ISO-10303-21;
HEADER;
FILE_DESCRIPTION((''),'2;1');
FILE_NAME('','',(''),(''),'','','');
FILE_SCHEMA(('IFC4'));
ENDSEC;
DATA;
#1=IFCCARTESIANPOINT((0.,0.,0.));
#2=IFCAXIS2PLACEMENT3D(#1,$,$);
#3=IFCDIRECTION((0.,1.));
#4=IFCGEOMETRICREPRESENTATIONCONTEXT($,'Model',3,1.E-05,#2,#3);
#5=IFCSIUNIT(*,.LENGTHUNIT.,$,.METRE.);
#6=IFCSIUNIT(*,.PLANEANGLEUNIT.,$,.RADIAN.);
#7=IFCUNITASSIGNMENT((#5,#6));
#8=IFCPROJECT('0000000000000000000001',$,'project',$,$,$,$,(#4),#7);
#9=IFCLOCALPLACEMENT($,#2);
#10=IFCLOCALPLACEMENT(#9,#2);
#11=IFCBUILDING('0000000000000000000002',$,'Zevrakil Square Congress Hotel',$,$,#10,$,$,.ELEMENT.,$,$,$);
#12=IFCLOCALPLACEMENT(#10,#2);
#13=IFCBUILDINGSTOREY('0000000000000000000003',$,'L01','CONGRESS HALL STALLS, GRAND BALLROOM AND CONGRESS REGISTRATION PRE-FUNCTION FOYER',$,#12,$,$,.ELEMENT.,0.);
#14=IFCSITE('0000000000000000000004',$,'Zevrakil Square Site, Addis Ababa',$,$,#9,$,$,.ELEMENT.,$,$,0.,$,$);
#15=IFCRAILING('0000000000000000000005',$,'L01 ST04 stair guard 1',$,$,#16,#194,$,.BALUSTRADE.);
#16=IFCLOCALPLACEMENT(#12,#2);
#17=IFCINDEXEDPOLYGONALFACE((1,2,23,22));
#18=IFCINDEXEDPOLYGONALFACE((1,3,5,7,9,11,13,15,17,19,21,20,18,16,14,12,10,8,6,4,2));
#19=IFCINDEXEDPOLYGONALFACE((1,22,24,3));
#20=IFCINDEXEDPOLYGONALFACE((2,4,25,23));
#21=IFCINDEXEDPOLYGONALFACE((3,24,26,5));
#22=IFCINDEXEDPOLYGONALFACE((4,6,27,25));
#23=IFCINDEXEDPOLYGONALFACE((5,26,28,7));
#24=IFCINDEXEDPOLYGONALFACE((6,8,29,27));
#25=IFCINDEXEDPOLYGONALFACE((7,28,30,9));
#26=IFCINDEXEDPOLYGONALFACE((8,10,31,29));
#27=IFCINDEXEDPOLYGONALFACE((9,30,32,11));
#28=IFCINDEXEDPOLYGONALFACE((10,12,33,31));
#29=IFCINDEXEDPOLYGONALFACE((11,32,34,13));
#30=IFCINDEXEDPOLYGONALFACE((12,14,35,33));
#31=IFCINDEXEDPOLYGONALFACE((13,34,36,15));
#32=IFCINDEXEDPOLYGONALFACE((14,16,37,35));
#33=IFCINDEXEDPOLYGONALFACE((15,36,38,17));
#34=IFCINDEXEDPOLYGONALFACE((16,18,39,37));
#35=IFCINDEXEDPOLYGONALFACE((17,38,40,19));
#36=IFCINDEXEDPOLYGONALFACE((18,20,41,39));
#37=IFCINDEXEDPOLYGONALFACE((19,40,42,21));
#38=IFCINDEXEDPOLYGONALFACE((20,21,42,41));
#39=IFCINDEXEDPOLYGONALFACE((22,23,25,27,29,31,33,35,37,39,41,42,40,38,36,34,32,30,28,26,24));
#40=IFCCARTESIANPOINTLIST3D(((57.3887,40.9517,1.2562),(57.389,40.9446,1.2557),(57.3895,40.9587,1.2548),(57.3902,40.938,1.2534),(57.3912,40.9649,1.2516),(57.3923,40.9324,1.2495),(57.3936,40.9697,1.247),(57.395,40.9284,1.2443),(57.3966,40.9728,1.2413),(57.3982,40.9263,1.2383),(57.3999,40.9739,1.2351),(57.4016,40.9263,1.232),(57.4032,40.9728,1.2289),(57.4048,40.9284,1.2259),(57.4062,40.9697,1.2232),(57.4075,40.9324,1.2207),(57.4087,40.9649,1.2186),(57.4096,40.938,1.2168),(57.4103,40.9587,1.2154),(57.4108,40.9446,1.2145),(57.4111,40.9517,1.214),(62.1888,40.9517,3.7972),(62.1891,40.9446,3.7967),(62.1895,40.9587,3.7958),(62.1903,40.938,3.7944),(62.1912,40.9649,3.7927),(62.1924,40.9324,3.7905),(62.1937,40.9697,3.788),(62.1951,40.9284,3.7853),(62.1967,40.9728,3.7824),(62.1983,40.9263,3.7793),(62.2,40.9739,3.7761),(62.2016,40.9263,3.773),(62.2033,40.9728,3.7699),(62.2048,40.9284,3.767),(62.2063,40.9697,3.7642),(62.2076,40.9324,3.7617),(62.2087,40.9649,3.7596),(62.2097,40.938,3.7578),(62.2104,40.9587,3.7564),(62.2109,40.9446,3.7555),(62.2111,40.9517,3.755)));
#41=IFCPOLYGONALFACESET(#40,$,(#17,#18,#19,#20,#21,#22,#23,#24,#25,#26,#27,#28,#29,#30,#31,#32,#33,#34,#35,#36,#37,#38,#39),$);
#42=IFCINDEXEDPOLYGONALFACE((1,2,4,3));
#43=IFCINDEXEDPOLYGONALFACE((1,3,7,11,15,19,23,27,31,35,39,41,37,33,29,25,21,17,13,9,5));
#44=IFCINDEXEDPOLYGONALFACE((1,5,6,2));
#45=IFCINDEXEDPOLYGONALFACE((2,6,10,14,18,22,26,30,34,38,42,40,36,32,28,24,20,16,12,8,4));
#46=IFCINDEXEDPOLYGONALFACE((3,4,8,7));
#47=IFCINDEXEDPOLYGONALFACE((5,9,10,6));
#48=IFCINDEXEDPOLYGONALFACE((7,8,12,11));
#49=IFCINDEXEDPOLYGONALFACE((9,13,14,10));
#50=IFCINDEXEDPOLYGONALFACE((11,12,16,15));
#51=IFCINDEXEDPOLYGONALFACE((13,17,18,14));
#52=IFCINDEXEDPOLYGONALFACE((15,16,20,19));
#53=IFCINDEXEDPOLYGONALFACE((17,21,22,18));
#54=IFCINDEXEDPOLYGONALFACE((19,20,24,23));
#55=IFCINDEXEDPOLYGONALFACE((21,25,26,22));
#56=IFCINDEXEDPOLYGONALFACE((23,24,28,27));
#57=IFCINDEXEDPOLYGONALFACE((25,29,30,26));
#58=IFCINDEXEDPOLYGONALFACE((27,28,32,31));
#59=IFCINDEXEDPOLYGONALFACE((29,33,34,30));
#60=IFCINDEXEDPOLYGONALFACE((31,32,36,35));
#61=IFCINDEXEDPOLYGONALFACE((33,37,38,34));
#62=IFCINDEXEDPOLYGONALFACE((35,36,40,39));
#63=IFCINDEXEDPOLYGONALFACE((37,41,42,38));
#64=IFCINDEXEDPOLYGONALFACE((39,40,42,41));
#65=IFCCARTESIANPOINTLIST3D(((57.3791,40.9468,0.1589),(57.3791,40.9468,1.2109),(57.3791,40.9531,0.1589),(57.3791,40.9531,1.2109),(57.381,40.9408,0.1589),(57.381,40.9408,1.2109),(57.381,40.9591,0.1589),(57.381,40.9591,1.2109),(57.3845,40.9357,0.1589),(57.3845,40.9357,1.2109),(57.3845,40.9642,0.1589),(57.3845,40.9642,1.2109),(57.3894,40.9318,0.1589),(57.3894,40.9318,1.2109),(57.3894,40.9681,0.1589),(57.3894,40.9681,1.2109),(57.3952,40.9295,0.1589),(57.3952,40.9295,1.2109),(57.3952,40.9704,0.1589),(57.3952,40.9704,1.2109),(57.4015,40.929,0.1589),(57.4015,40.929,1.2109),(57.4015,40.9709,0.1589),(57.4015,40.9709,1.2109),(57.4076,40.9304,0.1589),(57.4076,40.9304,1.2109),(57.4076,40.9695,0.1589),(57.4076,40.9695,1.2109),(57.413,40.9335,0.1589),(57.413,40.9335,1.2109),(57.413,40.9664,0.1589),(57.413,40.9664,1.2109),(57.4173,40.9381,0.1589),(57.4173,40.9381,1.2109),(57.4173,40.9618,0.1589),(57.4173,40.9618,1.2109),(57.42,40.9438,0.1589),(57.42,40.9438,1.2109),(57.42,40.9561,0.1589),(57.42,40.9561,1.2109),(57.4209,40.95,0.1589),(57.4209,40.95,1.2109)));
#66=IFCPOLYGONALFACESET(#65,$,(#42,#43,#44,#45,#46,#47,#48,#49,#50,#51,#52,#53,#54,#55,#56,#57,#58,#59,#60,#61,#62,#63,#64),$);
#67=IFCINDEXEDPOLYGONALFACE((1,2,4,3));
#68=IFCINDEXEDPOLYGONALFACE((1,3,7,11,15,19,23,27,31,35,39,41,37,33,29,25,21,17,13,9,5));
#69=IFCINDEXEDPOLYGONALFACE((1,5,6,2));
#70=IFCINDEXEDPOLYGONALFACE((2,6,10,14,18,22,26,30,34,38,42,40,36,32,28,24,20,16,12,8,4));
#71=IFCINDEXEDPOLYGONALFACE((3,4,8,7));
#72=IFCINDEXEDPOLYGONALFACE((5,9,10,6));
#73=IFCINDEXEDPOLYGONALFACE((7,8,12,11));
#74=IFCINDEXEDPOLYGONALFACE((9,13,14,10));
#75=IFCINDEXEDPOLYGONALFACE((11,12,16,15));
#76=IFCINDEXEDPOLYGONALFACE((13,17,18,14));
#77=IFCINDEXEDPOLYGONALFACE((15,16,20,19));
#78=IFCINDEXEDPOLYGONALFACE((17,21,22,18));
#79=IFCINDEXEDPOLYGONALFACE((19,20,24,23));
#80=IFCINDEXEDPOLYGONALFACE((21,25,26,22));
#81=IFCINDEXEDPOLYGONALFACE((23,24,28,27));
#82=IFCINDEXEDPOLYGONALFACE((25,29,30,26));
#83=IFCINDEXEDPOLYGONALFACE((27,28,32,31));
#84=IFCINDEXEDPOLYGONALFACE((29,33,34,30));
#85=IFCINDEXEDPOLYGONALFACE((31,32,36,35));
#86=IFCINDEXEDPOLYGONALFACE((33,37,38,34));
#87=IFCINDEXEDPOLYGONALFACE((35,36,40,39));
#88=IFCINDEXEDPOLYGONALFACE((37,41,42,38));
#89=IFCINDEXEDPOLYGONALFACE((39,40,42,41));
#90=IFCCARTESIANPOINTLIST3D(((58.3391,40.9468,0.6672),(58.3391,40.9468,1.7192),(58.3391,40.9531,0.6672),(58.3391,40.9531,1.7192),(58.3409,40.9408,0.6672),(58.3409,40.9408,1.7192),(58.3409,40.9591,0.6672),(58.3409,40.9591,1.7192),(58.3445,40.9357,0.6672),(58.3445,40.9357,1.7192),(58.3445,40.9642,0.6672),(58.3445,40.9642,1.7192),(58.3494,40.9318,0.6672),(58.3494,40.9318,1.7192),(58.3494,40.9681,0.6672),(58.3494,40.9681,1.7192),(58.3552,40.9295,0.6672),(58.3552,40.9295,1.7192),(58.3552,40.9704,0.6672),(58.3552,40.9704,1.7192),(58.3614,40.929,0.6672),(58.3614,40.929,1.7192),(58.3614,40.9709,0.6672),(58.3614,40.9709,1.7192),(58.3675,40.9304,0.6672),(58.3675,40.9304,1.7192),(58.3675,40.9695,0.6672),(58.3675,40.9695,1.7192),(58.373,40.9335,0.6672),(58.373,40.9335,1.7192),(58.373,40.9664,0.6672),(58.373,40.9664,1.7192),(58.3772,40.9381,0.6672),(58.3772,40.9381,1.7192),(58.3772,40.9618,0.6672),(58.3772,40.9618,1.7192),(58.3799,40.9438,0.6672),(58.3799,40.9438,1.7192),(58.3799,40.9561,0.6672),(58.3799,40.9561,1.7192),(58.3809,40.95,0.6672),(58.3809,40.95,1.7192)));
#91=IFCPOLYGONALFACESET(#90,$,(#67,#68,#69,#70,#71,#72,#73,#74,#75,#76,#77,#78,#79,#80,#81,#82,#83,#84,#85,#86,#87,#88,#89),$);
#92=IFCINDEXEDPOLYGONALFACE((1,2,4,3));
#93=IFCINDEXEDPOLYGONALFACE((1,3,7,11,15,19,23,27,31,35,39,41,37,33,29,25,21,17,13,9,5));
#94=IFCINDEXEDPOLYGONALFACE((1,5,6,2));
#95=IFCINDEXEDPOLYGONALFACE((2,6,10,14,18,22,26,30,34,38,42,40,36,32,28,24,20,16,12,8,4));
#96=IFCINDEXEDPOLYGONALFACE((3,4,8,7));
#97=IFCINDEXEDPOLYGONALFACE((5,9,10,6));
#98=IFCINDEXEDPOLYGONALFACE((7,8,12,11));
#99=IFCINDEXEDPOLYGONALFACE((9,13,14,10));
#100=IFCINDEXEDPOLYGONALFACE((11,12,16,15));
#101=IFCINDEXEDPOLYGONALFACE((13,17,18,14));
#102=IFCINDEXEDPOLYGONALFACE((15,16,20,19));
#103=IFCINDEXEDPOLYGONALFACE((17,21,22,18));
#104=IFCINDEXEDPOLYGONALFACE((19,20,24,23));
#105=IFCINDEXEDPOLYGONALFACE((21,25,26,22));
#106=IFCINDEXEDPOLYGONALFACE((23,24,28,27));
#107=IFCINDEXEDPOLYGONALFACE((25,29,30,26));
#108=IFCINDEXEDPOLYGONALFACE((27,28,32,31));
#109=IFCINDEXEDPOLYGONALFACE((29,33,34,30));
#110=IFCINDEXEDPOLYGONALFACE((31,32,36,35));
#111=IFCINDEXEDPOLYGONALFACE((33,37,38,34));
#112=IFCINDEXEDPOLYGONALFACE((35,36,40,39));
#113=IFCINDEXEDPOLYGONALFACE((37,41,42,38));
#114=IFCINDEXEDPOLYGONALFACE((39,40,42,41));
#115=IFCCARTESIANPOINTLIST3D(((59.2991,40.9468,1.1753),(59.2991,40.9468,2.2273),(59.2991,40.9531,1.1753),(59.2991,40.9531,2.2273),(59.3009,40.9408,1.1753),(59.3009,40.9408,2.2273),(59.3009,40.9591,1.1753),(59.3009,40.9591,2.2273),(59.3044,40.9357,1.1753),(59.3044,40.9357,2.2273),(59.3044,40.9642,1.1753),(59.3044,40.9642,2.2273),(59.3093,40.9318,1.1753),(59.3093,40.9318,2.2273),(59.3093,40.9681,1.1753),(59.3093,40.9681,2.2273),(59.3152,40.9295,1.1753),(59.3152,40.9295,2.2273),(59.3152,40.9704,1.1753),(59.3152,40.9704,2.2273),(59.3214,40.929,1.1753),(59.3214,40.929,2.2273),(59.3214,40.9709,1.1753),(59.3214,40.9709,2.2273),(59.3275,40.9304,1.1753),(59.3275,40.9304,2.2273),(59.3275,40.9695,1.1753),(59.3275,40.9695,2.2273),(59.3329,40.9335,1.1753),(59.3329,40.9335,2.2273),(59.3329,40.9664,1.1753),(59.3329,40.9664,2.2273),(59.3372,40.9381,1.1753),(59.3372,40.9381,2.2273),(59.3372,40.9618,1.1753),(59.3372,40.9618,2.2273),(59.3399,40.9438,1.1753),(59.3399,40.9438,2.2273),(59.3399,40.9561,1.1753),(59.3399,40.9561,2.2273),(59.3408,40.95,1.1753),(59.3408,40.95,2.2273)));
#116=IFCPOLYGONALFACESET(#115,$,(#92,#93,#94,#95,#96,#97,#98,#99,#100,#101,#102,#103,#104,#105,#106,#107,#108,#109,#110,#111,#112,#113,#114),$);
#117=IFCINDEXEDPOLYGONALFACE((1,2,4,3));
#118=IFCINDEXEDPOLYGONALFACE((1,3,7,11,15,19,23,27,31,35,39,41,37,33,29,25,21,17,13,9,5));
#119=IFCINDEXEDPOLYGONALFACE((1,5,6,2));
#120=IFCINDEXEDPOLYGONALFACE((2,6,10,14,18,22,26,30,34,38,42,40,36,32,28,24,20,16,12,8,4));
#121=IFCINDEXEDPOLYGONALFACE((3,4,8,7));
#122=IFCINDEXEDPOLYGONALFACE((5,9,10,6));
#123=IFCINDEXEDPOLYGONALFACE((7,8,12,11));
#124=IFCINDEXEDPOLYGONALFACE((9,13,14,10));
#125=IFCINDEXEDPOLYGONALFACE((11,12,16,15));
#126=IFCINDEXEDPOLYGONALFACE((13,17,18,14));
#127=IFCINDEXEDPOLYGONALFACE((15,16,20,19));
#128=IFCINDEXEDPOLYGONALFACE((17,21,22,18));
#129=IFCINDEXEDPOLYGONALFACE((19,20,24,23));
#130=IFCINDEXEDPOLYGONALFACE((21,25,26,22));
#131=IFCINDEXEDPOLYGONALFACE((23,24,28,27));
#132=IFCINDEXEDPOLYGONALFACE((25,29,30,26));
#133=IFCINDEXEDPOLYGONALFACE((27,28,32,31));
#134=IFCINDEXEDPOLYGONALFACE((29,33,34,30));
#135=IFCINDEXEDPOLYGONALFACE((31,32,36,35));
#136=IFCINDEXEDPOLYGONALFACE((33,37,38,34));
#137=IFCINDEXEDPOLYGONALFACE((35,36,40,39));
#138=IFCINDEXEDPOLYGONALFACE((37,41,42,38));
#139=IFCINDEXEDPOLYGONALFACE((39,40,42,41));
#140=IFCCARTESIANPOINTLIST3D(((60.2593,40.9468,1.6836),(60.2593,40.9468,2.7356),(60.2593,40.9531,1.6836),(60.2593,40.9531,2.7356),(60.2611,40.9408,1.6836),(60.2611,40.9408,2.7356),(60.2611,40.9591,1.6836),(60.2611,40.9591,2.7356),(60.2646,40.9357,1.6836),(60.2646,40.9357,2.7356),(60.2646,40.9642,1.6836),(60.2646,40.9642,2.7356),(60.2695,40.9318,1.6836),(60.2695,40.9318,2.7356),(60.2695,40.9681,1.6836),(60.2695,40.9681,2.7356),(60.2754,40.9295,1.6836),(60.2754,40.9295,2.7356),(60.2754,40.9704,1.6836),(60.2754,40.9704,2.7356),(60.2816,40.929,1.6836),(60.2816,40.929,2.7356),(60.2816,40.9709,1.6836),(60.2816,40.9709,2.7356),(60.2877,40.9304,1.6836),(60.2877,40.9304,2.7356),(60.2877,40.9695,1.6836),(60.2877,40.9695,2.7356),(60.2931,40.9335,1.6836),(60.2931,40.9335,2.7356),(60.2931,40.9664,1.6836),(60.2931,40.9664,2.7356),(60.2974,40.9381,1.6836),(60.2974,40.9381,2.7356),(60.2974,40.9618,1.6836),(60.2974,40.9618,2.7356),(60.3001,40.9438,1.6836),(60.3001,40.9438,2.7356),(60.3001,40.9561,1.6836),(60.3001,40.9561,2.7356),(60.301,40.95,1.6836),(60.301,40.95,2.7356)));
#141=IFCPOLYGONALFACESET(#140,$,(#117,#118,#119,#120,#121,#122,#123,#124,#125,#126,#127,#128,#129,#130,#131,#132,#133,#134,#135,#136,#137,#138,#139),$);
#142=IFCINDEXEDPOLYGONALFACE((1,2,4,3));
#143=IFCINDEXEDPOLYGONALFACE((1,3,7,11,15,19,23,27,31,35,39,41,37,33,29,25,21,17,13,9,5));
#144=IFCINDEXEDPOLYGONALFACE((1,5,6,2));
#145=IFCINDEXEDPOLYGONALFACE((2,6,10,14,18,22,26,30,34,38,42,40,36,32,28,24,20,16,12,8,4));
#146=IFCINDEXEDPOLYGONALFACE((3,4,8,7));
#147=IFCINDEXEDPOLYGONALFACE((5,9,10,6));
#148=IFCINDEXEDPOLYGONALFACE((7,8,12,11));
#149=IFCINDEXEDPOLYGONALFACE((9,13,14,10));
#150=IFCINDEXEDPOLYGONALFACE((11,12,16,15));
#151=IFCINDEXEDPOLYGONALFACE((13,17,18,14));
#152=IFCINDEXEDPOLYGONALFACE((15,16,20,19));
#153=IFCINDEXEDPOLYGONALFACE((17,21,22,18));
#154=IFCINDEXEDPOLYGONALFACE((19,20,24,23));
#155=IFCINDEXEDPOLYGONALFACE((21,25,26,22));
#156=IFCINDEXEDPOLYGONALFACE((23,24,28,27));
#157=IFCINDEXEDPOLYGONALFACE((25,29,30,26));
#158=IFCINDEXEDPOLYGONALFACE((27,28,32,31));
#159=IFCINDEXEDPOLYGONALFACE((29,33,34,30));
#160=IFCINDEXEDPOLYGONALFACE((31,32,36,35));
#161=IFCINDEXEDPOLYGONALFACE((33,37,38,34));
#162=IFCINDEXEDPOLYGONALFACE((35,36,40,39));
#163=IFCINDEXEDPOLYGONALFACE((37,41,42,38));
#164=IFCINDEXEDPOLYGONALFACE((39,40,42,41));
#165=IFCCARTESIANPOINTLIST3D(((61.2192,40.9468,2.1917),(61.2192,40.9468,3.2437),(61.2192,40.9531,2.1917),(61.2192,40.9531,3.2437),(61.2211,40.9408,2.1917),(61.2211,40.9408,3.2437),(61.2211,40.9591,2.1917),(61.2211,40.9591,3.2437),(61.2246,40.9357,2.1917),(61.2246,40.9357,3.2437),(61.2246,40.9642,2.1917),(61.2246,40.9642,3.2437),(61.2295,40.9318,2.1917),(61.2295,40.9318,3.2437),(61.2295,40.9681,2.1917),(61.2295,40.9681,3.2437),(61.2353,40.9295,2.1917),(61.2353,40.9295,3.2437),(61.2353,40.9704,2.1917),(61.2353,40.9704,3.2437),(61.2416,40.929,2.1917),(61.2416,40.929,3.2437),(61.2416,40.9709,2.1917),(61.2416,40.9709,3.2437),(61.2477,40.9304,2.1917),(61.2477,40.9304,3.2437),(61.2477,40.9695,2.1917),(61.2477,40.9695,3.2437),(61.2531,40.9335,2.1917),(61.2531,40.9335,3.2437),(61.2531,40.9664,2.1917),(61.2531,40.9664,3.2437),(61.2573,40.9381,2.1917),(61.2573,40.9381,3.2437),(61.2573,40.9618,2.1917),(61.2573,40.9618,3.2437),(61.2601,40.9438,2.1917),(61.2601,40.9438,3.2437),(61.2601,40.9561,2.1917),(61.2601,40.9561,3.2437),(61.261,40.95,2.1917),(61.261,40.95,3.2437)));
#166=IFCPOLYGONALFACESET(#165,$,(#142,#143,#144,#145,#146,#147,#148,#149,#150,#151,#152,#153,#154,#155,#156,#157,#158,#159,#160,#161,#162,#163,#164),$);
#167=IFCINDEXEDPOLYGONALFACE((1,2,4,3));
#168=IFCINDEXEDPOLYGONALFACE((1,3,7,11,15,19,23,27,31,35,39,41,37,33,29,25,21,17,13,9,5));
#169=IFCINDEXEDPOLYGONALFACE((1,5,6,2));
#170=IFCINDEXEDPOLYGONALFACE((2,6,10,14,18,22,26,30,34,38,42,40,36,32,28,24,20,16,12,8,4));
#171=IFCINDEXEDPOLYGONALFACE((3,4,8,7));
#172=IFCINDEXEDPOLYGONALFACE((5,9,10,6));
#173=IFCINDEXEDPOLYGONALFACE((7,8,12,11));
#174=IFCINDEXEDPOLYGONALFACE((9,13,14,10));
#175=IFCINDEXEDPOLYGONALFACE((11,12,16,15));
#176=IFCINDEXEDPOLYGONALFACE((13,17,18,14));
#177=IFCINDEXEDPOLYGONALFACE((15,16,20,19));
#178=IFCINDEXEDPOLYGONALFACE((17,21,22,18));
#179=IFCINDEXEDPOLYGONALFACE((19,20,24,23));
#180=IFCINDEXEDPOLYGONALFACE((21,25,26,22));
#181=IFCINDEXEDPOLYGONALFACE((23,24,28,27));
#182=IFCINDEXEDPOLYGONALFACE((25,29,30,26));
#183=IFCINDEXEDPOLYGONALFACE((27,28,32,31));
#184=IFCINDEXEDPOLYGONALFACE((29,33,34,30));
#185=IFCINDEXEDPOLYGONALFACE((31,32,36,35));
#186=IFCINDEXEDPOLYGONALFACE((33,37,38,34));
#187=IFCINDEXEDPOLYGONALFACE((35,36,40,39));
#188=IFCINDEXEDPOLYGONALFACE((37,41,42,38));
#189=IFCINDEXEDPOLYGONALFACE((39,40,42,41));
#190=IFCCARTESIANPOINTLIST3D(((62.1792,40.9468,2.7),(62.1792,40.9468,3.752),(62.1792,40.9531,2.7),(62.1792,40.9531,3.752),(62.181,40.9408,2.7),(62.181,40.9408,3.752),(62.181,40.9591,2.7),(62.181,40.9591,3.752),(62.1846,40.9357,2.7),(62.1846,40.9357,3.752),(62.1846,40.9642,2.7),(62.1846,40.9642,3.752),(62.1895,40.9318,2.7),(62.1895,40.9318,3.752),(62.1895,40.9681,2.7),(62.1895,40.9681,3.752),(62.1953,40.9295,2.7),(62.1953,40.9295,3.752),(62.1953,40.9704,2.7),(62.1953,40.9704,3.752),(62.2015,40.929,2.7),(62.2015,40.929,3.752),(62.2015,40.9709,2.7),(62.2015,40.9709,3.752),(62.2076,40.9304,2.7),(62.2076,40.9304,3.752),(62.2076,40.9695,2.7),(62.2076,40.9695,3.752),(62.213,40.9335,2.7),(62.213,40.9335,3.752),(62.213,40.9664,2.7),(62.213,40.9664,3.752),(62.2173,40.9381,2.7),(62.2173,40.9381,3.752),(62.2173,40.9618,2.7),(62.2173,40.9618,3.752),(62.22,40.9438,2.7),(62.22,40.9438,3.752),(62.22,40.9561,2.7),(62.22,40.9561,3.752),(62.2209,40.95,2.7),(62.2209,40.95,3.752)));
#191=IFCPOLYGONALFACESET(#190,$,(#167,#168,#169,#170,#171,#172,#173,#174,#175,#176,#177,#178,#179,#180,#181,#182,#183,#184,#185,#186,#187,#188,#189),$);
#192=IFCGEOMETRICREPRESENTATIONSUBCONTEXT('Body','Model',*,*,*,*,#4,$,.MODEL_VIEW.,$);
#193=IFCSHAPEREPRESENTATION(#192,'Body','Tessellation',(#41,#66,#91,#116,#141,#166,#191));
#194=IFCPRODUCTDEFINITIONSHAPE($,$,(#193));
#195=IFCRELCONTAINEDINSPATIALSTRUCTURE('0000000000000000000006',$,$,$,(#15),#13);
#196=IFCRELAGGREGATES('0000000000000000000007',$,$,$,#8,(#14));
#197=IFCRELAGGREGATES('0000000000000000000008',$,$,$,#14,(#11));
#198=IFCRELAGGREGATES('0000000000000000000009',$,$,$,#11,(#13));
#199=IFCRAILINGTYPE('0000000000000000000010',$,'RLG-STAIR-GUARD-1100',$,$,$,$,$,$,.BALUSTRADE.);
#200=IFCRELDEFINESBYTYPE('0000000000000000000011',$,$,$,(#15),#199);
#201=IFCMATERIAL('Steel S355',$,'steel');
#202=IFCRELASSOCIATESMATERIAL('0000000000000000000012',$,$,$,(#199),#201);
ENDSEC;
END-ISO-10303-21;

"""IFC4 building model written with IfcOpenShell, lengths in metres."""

from ifc_helpers import new_model, si_unit, direction, frame, origin, origin_2d, place, context, subcontext, project, spatial, circle, extrude, material, type_object, element, save


model = new_model("IFC4")

# Units and contexts
model_context = context("Model", 3, precision=1e-05, world=origin(), true_north=direction((0.0, 1.0)))
body_context = subcontext(model_context, "Body", "Model", "MODEL_VIEW")
ifc_project = project(units=[si_unit("LENGTHUNIT", "METRE"), si_unit("PLANEANGLEUNIT", "RADIAN")], contexts=[model_context])

# Site, building, storey
site_placement = place(None, origin())
site = spatial("IfcSite", under=ifc_project, at=site_placement, Name="Zevrakil Square Site, Addis Ababa", CompositionType="ELEMENT", RefElevation=0.0)
building_placement = place(site_placement, origin())
building = spatial("IfcBuilding", under=site, at=building_placement, Name="Zevrakil Square Congress Hotel", CompositionType="ELEMENT")
storey_placement = place(building_placement, origin())
storey = spatial("IfcBuildingStorey", under=building, at=storey_placement, Name="L01", Description="CONGRESS HALL STALLS, GRAND BALLROOM AND CONGRESS REGISTRATION PRE-FUNCTION FOYER", CompositionType="ELEMENT", Elevation=0.0)

# Railing
ifc_material_1 = material(Name="Steel S355", Category="steel")
railing_type_1 = type_object("IfcRailingType", Name="RLG-STAIR-GUARD-1100", PredefinedType="BALUSTRADE", material=ifc_material_1)
railing_1_placement = place(storey_placement, frame((57.3999, 40.95, 0.1589)))
element("IfcRailing", 1, at=railing_1_placement, inside=storey, type_object=railing_type_1, Name="L01 ST04 stair guard 1", PredefinedType="BALUSTRADE", context=body_context, shape_type="SweptSolid", body=[
    extrude(circle(Radius=0.0239, at=origin_2d()), frame((0.0, 0.0, 1.0762), z_axis=(0.883802, 0.0, 0.467861), x_axis=(0.0, 1.0, 0.0)), (0.0, 0.0, 1.0), 5.4312),
    extrude(circle(Radius=0.021, at=origin_2d()), origin(), (0.0, 0.0, 1.0), 1.052),
    extrude(circle(Radius=0.021, at=origin_2d()), frame((0.96, 0.0, 0.5083)), (0.0, 0.0, 1.0), 1.052),
    extrude(circle(Radius=0.021, at=origin_2d()), frame((1.9199, 0.0, 1.0164)), (0.0, 0.0, 1.0), 1.052),
    extrude(circle(Radius=0.021, at=origin_2d()), frame((2.8801, 0.0, 1.5247)), (0.0, 0.0, 1.0), 1.052),
    extrude(circle(Radius=0.021, at=origin_2d()), frame((3.8401, 0.0, 2.0327)), (0.0, 0.0, 1.0), 1.052),
    extrude(circle(Radius=0.021, at=origin_2d()), frame((4.8, 0.0, 2.541)), (0.0, 0.0, 1.0), 1.052),
])

save(model, "model.ifc")
